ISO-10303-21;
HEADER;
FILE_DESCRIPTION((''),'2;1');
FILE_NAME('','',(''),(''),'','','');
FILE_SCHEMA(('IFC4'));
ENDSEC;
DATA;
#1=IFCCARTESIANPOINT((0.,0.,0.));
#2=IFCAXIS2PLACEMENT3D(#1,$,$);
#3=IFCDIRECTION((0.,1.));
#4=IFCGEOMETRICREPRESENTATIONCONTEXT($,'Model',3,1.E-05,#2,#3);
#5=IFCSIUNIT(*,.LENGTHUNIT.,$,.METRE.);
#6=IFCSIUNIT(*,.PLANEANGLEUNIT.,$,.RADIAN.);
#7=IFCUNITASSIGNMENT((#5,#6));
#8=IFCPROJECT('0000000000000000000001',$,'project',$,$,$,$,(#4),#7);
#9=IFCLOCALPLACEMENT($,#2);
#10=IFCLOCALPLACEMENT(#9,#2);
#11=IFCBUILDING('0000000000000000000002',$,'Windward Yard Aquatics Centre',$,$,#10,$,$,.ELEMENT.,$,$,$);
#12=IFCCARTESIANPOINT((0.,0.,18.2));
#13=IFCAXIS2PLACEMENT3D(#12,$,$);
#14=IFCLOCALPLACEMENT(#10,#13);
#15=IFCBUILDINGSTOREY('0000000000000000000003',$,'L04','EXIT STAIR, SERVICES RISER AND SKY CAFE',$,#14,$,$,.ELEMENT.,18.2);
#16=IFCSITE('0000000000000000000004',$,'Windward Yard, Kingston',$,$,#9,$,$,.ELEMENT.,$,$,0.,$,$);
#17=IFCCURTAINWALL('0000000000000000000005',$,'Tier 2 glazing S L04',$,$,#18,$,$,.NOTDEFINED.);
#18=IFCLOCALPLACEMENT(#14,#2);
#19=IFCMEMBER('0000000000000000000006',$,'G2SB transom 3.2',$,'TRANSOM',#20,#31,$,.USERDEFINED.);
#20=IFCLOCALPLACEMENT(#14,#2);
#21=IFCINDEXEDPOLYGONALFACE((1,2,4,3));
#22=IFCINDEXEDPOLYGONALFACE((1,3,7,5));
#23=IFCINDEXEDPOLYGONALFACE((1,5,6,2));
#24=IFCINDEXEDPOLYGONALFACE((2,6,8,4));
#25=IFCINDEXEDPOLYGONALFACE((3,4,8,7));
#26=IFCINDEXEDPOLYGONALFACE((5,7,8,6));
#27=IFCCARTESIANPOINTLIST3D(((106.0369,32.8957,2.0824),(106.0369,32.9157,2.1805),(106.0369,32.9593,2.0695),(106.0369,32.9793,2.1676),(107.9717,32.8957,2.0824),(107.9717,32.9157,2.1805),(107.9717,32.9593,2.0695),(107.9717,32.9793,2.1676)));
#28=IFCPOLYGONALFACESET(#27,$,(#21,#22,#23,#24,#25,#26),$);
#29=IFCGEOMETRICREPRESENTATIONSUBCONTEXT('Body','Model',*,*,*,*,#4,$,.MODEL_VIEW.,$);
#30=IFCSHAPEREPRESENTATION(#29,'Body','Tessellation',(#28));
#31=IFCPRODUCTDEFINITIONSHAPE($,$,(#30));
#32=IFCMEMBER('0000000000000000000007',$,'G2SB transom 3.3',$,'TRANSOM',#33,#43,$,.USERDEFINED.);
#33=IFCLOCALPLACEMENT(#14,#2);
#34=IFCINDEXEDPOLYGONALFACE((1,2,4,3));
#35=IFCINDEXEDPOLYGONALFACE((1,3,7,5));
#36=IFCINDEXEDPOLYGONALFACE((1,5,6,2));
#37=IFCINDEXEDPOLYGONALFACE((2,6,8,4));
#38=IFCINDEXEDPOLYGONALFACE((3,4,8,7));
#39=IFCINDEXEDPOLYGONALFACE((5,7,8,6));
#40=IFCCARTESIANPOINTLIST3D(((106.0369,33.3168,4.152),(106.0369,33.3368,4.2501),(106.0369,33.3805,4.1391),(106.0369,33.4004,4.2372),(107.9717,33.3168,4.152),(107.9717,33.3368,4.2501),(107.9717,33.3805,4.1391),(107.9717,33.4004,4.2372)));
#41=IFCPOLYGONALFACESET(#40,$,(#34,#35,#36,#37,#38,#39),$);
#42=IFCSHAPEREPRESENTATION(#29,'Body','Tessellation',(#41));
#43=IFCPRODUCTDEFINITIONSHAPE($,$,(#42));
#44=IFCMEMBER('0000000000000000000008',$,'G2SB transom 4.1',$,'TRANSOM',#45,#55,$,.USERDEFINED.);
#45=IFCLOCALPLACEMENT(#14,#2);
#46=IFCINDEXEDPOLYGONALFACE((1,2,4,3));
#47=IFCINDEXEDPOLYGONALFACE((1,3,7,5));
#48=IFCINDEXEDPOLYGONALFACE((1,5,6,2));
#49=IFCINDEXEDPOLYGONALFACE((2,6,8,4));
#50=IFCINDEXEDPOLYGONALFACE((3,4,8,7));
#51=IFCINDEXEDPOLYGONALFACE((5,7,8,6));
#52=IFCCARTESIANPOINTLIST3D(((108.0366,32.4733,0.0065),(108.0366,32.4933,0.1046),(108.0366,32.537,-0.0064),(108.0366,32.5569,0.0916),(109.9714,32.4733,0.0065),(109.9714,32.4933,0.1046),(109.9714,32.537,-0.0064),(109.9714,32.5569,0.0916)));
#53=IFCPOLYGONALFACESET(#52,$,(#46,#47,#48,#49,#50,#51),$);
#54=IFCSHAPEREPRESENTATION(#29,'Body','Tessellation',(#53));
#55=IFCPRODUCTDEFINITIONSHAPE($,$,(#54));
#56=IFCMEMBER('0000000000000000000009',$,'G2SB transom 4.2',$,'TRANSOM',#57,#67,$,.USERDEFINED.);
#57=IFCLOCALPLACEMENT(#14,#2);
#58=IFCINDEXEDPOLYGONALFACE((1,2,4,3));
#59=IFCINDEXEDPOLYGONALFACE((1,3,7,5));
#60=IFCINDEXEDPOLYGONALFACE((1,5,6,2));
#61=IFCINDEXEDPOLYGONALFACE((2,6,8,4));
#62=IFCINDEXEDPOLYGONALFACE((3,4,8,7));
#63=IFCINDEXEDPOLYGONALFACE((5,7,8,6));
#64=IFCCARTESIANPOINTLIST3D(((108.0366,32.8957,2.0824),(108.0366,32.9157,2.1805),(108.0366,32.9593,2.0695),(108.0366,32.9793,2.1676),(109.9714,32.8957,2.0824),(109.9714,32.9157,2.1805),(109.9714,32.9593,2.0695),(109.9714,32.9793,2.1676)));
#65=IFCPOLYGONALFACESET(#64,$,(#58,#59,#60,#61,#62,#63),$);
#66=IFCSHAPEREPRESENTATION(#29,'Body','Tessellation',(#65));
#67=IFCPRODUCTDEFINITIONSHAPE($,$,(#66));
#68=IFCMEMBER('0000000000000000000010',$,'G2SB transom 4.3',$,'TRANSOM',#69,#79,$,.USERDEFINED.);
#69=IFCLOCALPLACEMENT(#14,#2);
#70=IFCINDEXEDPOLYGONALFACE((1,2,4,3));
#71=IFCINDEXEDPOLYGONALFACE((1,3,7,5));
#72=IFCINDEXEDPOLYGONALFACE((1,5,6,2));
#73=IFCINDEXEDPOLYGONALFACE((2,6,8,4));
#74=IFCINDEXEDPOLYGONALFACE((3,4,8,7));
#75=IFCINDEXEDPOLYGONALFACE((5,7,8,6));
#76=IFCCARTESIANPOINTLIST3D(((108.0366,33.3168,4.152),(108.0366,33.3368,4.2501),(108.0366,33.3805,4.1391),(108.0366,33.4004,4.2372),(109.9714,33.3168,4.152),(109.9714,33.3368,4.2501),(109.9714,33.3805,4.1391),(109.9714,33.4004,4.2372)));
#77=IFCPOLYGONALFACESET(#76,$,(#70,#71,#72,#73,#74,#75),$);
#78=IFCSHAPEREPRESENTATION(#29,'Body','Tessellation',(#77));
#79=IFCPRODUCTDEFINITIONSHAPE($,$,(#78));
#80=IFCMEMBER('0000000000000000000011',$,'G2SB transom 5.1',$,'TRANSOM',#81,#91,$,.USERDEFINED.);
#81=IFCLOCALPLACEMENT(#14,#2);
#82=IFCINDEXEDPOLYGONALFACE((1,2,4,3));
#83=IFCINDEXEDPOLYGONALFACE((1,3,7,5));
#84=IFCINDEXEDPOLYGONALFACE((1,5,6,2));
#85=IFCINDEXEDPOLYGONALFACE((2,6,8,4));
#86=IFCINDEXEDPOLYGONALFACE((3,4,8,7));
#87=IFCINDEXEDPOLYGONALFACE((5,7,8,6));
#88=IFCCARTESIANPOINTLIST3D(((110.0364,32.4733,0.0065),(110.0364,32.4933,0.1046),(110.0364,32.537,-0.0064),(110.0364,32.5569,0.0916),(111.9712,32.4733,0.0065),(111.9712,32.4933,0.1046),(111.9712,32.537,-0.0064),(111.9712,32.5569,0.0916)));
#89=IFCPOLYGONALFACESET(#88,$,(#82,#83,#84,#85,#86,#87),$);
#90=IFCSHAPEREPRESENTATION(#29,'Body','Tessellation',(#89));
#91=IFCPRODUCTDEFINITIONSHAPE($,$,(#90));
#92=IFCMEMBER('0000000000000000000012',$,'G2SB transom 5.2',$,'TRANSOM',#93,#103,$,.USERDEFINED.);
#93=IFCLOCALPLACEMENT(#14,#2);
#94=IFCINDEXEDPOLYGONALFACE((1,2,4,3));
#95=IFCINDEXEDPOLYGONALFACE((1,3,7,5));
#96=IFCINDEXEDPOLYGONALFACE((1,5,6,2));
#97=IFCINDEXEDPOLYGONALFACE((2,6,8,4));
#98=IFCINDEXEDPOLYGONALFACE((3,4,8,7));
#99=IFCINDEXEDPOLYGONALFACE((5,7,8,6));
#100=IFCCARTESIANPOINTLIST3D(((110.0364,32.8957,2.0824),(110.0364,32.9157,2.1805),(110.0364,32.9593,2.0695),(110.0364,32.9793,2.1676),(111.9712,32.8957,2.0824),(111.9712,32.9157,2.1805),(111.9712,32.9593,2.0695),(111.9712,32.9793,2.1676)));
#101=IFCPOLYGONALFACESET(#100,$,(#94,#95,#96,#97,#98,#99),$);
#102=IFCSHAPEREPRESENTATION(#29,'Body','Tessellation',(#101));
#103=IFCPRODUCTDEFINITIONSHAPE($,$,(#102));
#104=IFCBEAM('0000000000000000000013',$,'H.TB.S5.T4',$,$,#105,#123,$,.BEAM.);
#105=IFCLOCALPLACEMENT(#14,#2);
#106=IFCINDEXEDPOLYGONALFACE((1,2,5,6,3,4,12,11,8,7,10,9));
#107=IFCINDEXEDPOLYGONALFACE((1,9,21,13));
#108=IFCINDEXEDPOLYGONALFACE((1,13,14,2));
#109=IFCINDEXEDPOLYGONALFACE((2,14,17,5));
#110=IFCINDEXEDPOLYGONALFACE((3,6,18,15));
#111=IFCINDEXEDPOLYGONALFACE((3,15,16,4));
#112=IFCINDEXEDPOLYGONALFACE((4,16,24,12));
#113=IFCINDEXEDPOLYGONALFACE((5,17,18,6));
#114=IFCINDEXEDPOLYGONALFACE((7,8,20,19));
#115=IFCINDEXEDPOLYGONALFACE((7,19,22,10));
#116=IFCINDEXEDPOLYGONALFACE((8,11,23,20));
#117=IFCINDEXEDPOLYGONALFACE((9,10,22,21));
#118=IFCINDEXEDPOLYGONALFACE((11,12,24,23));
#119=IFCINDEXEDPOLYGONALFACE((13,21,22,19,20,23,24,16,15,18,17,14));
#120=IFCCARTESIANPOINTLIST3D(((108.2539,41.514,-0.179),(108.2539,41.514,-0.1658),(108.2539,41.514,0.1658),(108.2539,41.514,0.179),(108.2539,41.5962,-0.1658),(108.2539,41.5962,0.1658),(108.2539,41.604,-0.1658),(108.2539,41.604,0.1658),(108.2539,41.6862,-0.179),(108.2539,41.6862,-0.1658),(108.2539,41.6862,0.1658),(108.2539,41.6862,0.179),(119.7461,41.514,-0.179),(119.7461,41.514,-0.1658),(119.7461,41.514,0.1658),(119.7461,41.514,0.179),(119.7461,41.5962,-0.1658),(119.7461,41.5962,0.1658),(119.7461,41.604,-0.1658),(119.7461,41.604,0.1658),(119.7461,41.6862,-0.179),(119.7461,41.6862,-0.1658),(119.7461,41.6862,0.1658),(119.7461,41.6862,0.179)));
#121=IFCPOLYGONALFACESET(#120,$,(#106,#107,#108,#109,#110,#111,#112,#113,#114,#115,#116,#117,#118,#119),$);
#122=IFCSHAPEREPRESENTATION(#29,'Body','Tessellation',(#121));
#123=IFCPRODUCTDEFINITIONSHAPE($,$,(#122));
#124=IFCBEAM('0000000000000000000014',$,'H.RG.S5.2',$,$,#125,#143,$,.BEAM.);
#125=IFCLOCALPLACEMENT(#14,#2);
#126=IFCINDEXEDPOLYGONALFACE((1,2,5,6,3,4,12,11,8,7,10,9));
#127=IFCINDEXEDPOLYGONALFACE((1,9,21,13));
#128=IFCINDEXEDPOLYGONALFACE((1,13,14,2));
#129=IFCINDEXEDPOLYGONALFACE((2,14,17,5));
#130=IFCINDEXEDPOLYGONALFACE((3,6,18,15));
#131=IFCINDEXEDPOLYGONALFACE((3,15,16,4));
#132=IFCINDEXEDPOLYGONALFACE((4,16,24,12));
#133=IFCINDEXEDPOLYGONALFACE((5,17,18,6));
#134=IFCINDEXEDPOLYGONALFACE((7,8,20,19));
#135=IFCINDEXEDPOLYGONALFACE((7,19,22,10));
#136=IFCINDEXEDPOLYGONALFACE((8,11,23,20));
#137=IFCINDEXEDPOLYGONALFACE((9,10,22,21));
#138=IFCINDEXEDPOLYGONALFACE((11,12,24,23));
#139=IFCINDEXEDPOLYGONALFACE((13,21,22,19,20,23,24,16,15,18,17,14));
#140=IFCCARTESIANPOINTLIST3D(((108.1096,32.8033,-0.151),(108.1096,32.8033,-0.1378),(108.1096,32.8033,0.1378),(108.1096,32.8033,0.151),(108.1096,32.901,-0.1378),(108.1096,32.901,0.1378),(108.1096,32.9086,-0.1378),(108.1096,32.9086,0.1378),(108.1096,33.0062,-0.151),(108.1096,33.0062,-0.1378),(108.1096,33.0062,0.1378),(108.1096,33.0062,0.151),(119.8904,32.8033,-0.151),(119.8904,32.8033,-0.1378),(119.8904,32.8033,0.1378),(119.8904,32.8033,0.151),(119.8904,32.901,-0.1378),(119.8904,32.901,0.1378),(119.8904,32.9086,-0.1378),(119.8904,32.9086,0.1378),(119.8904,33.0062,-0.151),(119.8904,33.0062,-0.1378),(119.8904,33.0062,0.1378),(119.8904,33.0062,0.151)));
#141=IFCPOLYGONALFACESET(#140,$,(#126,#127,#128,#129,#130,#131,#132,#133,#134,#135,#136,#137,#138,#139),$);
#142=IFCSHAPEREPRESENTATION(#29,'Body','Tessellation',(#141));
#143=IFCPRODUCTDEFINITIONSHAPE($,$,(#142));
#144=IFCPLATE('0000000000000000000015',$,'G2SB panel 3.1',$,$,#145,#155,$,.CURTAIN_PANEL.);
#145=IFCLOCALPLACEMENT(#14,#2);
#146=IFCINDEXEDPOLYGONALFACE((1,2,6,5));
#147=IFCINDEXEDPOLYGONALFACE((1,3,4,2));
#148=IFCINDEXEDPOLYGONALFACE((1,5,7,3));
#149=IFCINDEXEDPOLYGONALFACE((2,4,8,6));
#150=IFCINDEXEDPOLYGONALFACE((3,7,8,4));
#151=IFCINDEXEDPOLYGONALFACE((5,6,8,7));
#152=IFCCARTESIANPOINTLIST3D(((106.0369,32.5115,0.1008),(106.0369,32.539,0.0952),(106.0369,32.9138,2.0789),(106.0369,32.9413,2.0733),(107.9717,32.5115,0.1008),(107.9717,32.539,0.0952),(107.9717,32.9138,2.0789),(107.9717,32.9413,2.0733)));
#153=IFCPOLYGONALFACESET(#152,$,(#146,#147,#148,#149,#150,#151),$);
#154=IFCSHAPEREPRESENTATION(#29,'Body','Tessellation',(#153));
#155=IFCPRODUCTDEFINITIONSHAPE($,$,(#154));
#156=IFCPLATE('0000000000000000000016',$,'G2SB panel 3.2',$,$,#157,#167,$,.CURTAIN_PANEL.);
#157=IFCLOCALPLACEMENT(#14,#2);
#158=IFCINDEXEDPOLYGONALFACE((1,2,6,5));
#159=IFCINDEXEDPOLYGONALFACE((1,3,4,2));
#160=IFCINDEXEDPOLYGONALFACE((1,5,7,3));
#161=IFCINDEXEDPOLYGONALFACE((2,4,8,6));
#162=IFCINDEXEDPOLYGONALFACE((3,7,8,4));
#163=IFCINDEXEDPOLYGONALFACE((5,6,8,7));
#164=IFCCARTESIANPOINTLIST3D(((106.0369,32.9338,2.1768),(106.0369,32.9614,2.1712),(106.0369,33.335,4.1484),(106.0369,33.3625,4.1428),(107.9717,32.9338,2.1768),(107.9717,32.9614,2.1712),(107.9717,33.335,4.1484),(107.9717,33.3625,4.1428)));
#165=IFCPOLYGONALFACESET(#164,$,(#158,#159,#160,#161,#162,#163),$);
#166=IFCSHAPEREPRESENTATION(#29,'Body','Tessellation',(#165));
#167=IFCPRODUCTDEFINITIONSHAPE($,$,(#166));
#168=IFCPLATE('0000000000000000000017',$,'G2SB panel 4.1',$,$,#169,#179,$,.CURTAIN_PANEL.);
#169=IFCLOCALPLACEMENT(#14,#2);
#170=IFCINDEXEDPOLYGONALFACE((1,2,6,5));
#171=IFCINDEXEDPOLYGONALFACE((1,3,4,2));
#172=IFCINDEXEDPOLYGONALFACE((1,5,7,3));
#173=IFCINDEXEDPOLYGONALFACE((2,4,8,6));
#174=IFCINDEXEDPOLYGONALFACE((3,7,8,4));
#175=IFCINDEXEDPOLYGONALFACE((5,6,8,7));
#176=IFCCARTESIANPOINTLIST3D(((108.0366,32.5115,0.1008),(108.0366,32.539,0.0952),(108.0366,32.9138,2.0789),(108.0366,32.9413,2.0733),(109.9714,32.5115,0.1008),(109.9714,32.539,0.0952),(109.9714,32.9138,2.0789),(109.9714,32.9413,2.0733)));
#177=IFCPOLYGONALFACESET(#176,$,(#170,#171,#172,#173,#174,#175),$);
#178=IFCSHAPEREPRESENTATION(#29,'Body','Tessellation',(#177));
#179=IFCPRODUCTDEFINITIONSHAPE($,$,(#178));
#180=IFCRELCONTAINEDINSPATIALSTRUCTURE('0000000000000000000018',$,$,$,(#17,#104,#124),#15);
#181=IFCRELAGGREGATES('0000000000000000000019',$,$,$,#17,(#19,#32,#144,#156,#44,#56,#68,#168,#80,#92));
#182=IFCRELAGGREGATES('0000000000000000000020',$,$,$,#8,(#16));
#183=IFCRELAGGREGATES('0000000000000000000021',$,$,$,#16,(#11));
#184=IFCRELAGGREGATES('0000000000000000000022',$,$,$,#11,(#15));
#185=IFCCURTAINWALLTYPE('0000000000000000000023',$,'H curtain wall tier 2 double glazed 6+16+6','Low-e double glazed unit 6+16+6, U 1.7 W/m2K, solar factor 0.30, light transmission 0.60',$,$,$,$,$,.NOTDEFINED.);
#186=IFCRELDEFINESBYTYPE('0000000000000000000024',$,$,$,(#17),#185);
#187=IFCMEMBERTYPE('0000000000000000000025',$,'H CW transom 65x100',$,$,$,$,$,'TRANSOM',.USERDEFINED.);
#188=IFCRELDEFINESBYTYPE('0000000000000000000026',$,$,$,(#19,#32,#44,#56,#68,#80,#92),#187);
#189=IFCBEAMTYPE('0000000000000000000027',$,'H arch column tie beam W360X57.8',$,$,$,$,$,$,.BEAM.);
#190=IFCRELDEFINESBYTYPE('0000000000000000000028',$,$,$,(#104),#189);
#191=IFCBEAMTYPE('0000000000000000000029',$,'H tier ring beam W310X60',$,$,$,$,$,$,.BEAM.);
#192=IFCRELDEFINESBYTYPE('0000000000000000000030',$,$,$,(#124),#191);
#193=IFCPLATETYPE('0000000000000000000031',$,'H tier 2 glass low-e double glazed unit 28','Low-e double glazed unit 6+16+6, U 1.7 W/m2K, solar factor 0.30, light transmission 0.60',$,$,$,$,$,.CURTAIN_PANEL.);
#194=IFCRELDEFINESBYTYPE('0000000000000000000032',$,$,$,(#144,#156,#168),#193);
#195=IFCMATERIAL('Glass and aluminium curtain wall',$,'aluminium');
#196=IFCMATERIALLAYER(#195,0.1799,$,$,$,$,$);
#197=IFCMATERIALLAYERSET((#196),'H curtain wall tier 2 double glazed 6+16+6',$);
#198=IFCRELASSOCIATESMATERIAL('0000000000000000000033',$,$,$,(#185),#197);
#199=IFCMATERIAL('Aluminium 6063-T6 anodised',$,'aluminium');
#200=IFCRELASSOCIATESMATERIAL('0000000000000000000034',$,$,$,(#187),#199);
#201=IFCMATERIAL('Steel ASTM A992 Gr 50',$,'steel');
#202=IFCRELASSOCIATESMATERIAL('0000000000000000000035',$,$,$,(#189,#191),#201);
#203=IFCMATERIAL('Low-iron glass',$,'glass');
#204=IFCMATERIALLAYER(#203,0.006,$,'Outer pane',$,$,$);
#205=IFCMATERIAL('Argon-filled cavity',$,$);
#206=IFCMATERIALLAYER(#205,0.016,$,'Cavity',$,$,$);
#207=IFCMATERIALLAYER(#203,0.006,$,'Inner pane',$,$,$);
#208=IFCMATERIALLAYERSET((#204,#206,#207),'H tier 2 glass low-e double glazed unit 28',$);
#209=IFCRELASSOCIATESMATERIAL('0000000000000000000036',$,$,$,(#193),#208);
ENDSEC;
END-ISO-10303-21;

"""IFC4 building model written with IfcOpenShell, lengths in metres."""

from ifc_helpers import new_model, si_unit, direction, frame, origin, origin_2d, place, context, subcontext, project, spatial, polyline, rectangle, i_section, outline, extrude, material, layer, layer_set, material_profile, profile_set, type_object, element, aggregate, save


model = new_model("IFC4")

# Units and contexts
model_context = context("Model", 3, precision=1e-05, world=origin(), true_north=direction((0.0, 1.0)))
body_context = subcontext(model_context, "Body", "Model", "MODEL_VIEW")
ifc_project = project(units=[si_unit("LENGTHUNIT", "METRE"), si_unit("PLANEANGLEUNIT", "RADIAN")], contexts=[model_context])

# Site, building, storey
site_placement = place(None, origin())
site = spatial("IfcSite", under=ifc_project, at=site_placement, Name="Windward Yard, Kingston", CompositionType="ELEMENT", RefElevation=0.0)
building_placement = place(site_placement, origin())
building = spatial("IfcBuilding", under=site, at=building_placement, Name="Windward Yard Aquatics Centre", CompositionType="ELEMENT")
storey_placement = place(building_placement, frame((0.0, 0.0, 18.2)))
storey = spatial("IfcBuildingStorey", under=building, at=storey_placement, Name="L04", Description="EXIT STAIR, SERVICES RISER AND SKY CAFE", CompositionType="ELEMENT", Elevation=18.2)

# Curtain wall, members
ifc_material_1 = material(Name="Glass and aluminium curtain wall", Category="aluminium")
ifc_layer_1 = layer(ifc_material_1, 0.1799)
ifc_layer_set_1 = layer_set([ifc_layer_1], Name="H curtain wall tier 2 double glazed 6+16+6")
curtain_wall_type = type_object("IfcCurtainWallType", Name="H curtain wall tier 2 double glazed 6+16+6", Description="Low-e double glazed unit 6+16+6, U 1.7 W/m2K, solar factor 0.30, light transmission 0.60", PredefinedType="NOTDEFINED", material=ifc_layer_set_1)
curtain_wall_placement = place(storey_placement, origin())
curtain_wall = element("IfcCurtainWall", 1, at=curtain_wall_placement, inside=storey, type_object=curtain_wall_type, Name="Tier 2 glazing S L04", PredefinedType="NOTDEFINED")
ifc_material_2 = material(Name="Aluminium 6063-T6 anodised", Category="aluminium")
ifc_material_profile_1 = material_profile(ifc_material_2, rectangle(XDim=0.0649, YDim=0.1001, at=origin_2d()), Name="H CW transom 65x100")
ifc_profile_set_1 = profile_set([ifc_material_profile_1], Name="Aluminium 6063-T6 anodised")
member_type_1 = type_object("IfcMemberType", Name="H CW transom 65x100", ElementType="TRANSOM", PredefinedType="USERDEFINED", material=ifc_profile_set_1)
member_1_placement = place(storey_placement, frame((106.0369, 32.9375, 2.125), z_axis=(1.0, 0.0, 0.0), x_axis=(0.0, -0.979925, 0.199368)))
member_1 = element("IfcMember", 2, at=member_1_placement, type_object=member_type_1, Name="G2SB transom 3.2", ObjectType="TRANSOM", PredefinedType="USERDEFINED", context=body_context, shape_type="SweptSolid", body=[
    extrude(rectangle(XDim=0.0649, YDim=0.1001, at=origin_2d()), origin(), (0.0, 0.0, 1.0), 1.9348),
])
member_2_placement = place(storey_placement, frame((106.0369, 33.3586, 4.1946), z_axis=(1.0, 0.0, 0.0), x_axis=(0.0, -0.979925, 0.199368)))
member_2 = element("IfcMember", 3, at=member_2_placement, type_object=member_type_1, Name="G2SB transom 3.3", ObjectType="TRANSOM", PredefinedType="USERDEFINED", context=body_context, shape_type="SweptSolid", body=[
    extrude(rectangle(XDim=0.0649, YDim=0.1001, at=origin_2d()), origin(), (0.0, 0.0, 1.0), 1.9348),
])
member_3_placement = place(storey_placement, frame((108.0366, 32.5151, 0.0491), z_axis=(1.0, 0.0, 0.0), x_axis=(0.0, -0.979925, 0.199368)))
member_3 = element("IfcMember", 4, at=member_3_placement, type_object=member_type_1, Name="G2SB transom 4.1", ObjectType="TRANSOM", PredefinedType="USERDEFINED", context=body_context, shape_type="SweptSolid", body=[
    extrude(rectangle(XDim=0.0649, YDim=0.1001, at=origin_2d()), origin(), (0.0, 0.0, 1.0), 1.9348),
])
member_4_placement = place(storey_placement, frame((108.0366, 32.9375, 2.125), z_axis=(1.0, 0.0, 0.0), x_axis=(0.0, -0.979925, 0.199368)))
member_4 = element("IfcMember", 5, at=member_4_placement, type_object=member_type_1, Name="G2SB transom 4.2", ObjectType="TRANSOM", PredefinedType="USERDEFINED", context=body_context, shape_type="SweptSolid", body=[
    extrude(rectangle(XDim=0.0649, YDim=0.1001, at=origin_2d()), origin(), (0.0, 0.0, 1.0), 1.9348),
])
member_5_placement = place(storey_placement, frame((108.0366, 33.3586, 4.1946), z_axis=(1.0, 0.0, 0.0), x_axis=(0.0, -0.979925, 0.199368)))
member_5 = element("IfcMember", 6, at=member_5_placement, type_object=member_type_1, Name="G2SB transom 4.3", ObjectType="TRANSOM", PredefinedType="USERDEFINED", context=body_context, shape_type="SweptSolid", body=[
    extrude(rectangle(XDim=0.0649, YDim=0.1001, at=origin_2d()), origin(), (0.0, 0.0, 1.0), 1.9348),
])
member_6_placement = place(storey_placement, frame((110.0364, 32.5151, 0.0491), z_axis=(1.0, 0.0, 0.0), x_axis=(0.0, -0.979925, 0.199368)))
member_6 = element("IfcMember", 7, at=member_6_placement, type_object=member_type_1, Name="G2SB transom 5.1", ObjectType="TRANSOM", PredefinedType="USERDEFINED", context=body_context, shape_type="SweptSolid", body=[
    extrude(rectangle(XDim=0.0649, YDim=0.1001, at=origin_2d()), origin(), (0.0, 0.0, 1.0), 1.9348),
])
member_7_placement = place(storey_placement, frame((110.0364, 32.9375, 2.125), z_axis=(1.0, 0.0, 0.0), x_axis=(0.0, -0.979925, 0.199368)))
member_7 = element("IfcMember", 8, at=member_7_placement, type_object=member_type_1, Name="G2SB transom 5.2", ObjectType="TRANSOM", PredefinedType="USERDEFINED", context=body_context, shape_type="SweptSolid", body=[
    extrude(rectangle(XDim=0.0649, YDim=0.1001, at=origin_2d()), origin(), (0.0, 0.0, 1.0), 1.9348),
])

# Beams
ifc_material_3 = material(Name="Steel ASTM A992 Gr 50", Category="steel")
ifc_material_profile_2 = material_profile(ifc_material_3, i_section(OverallWidth=0.1721, OverallDepth=0.3579, WebThickness=0.0078, FlangeThickness=0.0132, at=origin_2d()), Name="W360X57.8")
ifc_profile_set_2 = profile_set([ifc_material_profile_2], Name="Steel ASTM A992 Gr 50")
beam_type_1 = type_object("IfcBeamType", Name="H arch column tie beam W360X57.8", PredefinedType="BEAM", material=ifc_profile_set_2)
beam_1_placement = place(storey_placement, frame((108.2539, 41.6001, 0.0), z_axis=(1.0, 0.0, 0.0), x_axis=(0.0, 1.0, 0.0)))
element("IfcBeam", 9, at=beam_1_placement, inside=storey, type_object=beam_type_1, Name="H.TB.S5.T4", PredefinedType="BEAM", context=body_context, shape_type="SweptSolid", body=[
    extrude(i_section(OverallWidth=0.1721, OverallDepth=0.3579, WebThickness=0.0078, FlangeThickness=0.0132, at=origin_2d()), origin(), (0.0, 0.0, 1.0), 11.4922),
])
ifc_material_profile_3 = material_profile(ifc_material_3, i_section(OverallWidth=0.2029, OverallDepth=0.302, WebThickness=0.0076, FlangeThickness=0.0132, at=origin_2d()), Name="W310X60")
ifc_profile_set_3 = profile_set([ifc_material_profile_3], Name="Steel ASTM A992 Gr 50")
beam_type_2 = type_object("IfcBeamType", Name="H tier ring beam W310X60", PredefinedType="BEAM", material=ifc_profile_set_3)
beam_2_placement = place(storey_placement, frame((108.1096, 32.9048, 0.0), z_axis=(1.0, 0.0, 0.0), x_axis=(0.0, 1.0, 0.0)))
element("IfcBeam", 10, at=beam_2_placement, inside=storey, type_object=beam_type_2, Name="H.RG.S5.2", PredefinedType="BEAM", context=body_context, shape_type="SweptSolid", body=[
    extrude(i_section(OverallWidth=0.2029, OverallDepth=0.302, WebThickness=0.0076, FlangeThickness=0.0132, at=origin_2d()), origin(), (0.0, 0.0, 1.0), 11.7808),
])

# Plates
ifc_material_4 = material(Name="Low-iron glass", Category="glass")
ifc_layer_2 = layer(ifc_material_4, 0.006, Name="Outer pane")
ifc_material_5 = material(Name="Argon-filled cavity")
ifc_layer_3 = layer(ifc_material_5, 0.016, Name="Cavity")
ifc_layer_4 = layer(ifc_material_4, 0.006, Name="Inner pane")
ifc_layer_set_2 = layer_set([ifc_layer_2, ifc_layer_3, ifc_layer_4], Name="H tier 2 glass low-e double glazed unit 28")
plate_type = type_object("IfcPlateType", Name="H tier 2 glass low-e double glazed unit 28", Description="Low-e double glazed unit 6+16+6, U 1.7 W/m2K, solar factor 0.30, light transmission 0.60", PredefinedType="CURTAIN_PANEL", material=ifc_layer_set_2)
plate_1_placement = place(storey_placement, frame((106.0369, 32.5115, 0.1008), z_axis=(0.0, -0.979933, 0.199325), x_axis=(1.0, 0.0, 0.0)))
plate_1 = element("IfcPlate", 11, at=plate_1_placement, type_object=plate_type, Name="G2SB panel 3.1", PredefinedType="CURTAIN_PANEL", context=body_context, shape_type="SweptSolid", body=[
    extrude(outline(polyline([(0.0, 0.0), (1.9348, 0.0), (1.9348, 2.0185), (0.0, 2.0185), (0.0, 0.0)])), origin(), (0.0, 0.0, -1.0), 0.0281),
])
plate_2_placement = place(storey_placement, frame((106.0369, 32.9338, 2.1768), z_axis=(0.0, -0.979927, 0.199359), x_axis=(1.0, 0.0, 0.0)))
plate_2 = element("IfcPlate", 12, at=plate_2_placement, type_object=plate_type, Name="G2SB panel 3.2", PredefinedType="CURTAIN_PANEL", context=body_context, shape_type="SweptSolid", body=[
    extrude(outline(polyline([(0.0, 0.0), (1.9348, 0.0), (1.9348, 2.0121), (0.0, 2.0121), (0.0, 0.0)])), origin(), (0.0, 0.0, -1.0), 0.0281),
])
plate_3_placement = place(storey_placement, frame((108.0366, 32.5115, 0.1008), z_axis=(0.0, -0.979933, 0.199325), x_axis=(1.0, 0.0, 0.0)))
plate_3 = element("IfcPlate", 13, at=plate_3_placement, type_object=plate_type, Name="G2SB panel 4.1", PredefinedType="CURTAIN_PANEL", context=body_context, shape_type="SweptSolid", body=[
    extrude(outline(polyline([(0.0, 0.0), (1.9348, 0.0), (1.9348, 2.0185), (0.0, 2.0185), (0.0, 0.0)])), origin(), (0.0, 0.0, -1.0), 0.0281),
])
aggregate(curtain_wall, [member_1, member_2, plate_1, plate_2, member_3, member_4, member_5, plate_3, member_6, member_7])

save(model, "model.ifc")
